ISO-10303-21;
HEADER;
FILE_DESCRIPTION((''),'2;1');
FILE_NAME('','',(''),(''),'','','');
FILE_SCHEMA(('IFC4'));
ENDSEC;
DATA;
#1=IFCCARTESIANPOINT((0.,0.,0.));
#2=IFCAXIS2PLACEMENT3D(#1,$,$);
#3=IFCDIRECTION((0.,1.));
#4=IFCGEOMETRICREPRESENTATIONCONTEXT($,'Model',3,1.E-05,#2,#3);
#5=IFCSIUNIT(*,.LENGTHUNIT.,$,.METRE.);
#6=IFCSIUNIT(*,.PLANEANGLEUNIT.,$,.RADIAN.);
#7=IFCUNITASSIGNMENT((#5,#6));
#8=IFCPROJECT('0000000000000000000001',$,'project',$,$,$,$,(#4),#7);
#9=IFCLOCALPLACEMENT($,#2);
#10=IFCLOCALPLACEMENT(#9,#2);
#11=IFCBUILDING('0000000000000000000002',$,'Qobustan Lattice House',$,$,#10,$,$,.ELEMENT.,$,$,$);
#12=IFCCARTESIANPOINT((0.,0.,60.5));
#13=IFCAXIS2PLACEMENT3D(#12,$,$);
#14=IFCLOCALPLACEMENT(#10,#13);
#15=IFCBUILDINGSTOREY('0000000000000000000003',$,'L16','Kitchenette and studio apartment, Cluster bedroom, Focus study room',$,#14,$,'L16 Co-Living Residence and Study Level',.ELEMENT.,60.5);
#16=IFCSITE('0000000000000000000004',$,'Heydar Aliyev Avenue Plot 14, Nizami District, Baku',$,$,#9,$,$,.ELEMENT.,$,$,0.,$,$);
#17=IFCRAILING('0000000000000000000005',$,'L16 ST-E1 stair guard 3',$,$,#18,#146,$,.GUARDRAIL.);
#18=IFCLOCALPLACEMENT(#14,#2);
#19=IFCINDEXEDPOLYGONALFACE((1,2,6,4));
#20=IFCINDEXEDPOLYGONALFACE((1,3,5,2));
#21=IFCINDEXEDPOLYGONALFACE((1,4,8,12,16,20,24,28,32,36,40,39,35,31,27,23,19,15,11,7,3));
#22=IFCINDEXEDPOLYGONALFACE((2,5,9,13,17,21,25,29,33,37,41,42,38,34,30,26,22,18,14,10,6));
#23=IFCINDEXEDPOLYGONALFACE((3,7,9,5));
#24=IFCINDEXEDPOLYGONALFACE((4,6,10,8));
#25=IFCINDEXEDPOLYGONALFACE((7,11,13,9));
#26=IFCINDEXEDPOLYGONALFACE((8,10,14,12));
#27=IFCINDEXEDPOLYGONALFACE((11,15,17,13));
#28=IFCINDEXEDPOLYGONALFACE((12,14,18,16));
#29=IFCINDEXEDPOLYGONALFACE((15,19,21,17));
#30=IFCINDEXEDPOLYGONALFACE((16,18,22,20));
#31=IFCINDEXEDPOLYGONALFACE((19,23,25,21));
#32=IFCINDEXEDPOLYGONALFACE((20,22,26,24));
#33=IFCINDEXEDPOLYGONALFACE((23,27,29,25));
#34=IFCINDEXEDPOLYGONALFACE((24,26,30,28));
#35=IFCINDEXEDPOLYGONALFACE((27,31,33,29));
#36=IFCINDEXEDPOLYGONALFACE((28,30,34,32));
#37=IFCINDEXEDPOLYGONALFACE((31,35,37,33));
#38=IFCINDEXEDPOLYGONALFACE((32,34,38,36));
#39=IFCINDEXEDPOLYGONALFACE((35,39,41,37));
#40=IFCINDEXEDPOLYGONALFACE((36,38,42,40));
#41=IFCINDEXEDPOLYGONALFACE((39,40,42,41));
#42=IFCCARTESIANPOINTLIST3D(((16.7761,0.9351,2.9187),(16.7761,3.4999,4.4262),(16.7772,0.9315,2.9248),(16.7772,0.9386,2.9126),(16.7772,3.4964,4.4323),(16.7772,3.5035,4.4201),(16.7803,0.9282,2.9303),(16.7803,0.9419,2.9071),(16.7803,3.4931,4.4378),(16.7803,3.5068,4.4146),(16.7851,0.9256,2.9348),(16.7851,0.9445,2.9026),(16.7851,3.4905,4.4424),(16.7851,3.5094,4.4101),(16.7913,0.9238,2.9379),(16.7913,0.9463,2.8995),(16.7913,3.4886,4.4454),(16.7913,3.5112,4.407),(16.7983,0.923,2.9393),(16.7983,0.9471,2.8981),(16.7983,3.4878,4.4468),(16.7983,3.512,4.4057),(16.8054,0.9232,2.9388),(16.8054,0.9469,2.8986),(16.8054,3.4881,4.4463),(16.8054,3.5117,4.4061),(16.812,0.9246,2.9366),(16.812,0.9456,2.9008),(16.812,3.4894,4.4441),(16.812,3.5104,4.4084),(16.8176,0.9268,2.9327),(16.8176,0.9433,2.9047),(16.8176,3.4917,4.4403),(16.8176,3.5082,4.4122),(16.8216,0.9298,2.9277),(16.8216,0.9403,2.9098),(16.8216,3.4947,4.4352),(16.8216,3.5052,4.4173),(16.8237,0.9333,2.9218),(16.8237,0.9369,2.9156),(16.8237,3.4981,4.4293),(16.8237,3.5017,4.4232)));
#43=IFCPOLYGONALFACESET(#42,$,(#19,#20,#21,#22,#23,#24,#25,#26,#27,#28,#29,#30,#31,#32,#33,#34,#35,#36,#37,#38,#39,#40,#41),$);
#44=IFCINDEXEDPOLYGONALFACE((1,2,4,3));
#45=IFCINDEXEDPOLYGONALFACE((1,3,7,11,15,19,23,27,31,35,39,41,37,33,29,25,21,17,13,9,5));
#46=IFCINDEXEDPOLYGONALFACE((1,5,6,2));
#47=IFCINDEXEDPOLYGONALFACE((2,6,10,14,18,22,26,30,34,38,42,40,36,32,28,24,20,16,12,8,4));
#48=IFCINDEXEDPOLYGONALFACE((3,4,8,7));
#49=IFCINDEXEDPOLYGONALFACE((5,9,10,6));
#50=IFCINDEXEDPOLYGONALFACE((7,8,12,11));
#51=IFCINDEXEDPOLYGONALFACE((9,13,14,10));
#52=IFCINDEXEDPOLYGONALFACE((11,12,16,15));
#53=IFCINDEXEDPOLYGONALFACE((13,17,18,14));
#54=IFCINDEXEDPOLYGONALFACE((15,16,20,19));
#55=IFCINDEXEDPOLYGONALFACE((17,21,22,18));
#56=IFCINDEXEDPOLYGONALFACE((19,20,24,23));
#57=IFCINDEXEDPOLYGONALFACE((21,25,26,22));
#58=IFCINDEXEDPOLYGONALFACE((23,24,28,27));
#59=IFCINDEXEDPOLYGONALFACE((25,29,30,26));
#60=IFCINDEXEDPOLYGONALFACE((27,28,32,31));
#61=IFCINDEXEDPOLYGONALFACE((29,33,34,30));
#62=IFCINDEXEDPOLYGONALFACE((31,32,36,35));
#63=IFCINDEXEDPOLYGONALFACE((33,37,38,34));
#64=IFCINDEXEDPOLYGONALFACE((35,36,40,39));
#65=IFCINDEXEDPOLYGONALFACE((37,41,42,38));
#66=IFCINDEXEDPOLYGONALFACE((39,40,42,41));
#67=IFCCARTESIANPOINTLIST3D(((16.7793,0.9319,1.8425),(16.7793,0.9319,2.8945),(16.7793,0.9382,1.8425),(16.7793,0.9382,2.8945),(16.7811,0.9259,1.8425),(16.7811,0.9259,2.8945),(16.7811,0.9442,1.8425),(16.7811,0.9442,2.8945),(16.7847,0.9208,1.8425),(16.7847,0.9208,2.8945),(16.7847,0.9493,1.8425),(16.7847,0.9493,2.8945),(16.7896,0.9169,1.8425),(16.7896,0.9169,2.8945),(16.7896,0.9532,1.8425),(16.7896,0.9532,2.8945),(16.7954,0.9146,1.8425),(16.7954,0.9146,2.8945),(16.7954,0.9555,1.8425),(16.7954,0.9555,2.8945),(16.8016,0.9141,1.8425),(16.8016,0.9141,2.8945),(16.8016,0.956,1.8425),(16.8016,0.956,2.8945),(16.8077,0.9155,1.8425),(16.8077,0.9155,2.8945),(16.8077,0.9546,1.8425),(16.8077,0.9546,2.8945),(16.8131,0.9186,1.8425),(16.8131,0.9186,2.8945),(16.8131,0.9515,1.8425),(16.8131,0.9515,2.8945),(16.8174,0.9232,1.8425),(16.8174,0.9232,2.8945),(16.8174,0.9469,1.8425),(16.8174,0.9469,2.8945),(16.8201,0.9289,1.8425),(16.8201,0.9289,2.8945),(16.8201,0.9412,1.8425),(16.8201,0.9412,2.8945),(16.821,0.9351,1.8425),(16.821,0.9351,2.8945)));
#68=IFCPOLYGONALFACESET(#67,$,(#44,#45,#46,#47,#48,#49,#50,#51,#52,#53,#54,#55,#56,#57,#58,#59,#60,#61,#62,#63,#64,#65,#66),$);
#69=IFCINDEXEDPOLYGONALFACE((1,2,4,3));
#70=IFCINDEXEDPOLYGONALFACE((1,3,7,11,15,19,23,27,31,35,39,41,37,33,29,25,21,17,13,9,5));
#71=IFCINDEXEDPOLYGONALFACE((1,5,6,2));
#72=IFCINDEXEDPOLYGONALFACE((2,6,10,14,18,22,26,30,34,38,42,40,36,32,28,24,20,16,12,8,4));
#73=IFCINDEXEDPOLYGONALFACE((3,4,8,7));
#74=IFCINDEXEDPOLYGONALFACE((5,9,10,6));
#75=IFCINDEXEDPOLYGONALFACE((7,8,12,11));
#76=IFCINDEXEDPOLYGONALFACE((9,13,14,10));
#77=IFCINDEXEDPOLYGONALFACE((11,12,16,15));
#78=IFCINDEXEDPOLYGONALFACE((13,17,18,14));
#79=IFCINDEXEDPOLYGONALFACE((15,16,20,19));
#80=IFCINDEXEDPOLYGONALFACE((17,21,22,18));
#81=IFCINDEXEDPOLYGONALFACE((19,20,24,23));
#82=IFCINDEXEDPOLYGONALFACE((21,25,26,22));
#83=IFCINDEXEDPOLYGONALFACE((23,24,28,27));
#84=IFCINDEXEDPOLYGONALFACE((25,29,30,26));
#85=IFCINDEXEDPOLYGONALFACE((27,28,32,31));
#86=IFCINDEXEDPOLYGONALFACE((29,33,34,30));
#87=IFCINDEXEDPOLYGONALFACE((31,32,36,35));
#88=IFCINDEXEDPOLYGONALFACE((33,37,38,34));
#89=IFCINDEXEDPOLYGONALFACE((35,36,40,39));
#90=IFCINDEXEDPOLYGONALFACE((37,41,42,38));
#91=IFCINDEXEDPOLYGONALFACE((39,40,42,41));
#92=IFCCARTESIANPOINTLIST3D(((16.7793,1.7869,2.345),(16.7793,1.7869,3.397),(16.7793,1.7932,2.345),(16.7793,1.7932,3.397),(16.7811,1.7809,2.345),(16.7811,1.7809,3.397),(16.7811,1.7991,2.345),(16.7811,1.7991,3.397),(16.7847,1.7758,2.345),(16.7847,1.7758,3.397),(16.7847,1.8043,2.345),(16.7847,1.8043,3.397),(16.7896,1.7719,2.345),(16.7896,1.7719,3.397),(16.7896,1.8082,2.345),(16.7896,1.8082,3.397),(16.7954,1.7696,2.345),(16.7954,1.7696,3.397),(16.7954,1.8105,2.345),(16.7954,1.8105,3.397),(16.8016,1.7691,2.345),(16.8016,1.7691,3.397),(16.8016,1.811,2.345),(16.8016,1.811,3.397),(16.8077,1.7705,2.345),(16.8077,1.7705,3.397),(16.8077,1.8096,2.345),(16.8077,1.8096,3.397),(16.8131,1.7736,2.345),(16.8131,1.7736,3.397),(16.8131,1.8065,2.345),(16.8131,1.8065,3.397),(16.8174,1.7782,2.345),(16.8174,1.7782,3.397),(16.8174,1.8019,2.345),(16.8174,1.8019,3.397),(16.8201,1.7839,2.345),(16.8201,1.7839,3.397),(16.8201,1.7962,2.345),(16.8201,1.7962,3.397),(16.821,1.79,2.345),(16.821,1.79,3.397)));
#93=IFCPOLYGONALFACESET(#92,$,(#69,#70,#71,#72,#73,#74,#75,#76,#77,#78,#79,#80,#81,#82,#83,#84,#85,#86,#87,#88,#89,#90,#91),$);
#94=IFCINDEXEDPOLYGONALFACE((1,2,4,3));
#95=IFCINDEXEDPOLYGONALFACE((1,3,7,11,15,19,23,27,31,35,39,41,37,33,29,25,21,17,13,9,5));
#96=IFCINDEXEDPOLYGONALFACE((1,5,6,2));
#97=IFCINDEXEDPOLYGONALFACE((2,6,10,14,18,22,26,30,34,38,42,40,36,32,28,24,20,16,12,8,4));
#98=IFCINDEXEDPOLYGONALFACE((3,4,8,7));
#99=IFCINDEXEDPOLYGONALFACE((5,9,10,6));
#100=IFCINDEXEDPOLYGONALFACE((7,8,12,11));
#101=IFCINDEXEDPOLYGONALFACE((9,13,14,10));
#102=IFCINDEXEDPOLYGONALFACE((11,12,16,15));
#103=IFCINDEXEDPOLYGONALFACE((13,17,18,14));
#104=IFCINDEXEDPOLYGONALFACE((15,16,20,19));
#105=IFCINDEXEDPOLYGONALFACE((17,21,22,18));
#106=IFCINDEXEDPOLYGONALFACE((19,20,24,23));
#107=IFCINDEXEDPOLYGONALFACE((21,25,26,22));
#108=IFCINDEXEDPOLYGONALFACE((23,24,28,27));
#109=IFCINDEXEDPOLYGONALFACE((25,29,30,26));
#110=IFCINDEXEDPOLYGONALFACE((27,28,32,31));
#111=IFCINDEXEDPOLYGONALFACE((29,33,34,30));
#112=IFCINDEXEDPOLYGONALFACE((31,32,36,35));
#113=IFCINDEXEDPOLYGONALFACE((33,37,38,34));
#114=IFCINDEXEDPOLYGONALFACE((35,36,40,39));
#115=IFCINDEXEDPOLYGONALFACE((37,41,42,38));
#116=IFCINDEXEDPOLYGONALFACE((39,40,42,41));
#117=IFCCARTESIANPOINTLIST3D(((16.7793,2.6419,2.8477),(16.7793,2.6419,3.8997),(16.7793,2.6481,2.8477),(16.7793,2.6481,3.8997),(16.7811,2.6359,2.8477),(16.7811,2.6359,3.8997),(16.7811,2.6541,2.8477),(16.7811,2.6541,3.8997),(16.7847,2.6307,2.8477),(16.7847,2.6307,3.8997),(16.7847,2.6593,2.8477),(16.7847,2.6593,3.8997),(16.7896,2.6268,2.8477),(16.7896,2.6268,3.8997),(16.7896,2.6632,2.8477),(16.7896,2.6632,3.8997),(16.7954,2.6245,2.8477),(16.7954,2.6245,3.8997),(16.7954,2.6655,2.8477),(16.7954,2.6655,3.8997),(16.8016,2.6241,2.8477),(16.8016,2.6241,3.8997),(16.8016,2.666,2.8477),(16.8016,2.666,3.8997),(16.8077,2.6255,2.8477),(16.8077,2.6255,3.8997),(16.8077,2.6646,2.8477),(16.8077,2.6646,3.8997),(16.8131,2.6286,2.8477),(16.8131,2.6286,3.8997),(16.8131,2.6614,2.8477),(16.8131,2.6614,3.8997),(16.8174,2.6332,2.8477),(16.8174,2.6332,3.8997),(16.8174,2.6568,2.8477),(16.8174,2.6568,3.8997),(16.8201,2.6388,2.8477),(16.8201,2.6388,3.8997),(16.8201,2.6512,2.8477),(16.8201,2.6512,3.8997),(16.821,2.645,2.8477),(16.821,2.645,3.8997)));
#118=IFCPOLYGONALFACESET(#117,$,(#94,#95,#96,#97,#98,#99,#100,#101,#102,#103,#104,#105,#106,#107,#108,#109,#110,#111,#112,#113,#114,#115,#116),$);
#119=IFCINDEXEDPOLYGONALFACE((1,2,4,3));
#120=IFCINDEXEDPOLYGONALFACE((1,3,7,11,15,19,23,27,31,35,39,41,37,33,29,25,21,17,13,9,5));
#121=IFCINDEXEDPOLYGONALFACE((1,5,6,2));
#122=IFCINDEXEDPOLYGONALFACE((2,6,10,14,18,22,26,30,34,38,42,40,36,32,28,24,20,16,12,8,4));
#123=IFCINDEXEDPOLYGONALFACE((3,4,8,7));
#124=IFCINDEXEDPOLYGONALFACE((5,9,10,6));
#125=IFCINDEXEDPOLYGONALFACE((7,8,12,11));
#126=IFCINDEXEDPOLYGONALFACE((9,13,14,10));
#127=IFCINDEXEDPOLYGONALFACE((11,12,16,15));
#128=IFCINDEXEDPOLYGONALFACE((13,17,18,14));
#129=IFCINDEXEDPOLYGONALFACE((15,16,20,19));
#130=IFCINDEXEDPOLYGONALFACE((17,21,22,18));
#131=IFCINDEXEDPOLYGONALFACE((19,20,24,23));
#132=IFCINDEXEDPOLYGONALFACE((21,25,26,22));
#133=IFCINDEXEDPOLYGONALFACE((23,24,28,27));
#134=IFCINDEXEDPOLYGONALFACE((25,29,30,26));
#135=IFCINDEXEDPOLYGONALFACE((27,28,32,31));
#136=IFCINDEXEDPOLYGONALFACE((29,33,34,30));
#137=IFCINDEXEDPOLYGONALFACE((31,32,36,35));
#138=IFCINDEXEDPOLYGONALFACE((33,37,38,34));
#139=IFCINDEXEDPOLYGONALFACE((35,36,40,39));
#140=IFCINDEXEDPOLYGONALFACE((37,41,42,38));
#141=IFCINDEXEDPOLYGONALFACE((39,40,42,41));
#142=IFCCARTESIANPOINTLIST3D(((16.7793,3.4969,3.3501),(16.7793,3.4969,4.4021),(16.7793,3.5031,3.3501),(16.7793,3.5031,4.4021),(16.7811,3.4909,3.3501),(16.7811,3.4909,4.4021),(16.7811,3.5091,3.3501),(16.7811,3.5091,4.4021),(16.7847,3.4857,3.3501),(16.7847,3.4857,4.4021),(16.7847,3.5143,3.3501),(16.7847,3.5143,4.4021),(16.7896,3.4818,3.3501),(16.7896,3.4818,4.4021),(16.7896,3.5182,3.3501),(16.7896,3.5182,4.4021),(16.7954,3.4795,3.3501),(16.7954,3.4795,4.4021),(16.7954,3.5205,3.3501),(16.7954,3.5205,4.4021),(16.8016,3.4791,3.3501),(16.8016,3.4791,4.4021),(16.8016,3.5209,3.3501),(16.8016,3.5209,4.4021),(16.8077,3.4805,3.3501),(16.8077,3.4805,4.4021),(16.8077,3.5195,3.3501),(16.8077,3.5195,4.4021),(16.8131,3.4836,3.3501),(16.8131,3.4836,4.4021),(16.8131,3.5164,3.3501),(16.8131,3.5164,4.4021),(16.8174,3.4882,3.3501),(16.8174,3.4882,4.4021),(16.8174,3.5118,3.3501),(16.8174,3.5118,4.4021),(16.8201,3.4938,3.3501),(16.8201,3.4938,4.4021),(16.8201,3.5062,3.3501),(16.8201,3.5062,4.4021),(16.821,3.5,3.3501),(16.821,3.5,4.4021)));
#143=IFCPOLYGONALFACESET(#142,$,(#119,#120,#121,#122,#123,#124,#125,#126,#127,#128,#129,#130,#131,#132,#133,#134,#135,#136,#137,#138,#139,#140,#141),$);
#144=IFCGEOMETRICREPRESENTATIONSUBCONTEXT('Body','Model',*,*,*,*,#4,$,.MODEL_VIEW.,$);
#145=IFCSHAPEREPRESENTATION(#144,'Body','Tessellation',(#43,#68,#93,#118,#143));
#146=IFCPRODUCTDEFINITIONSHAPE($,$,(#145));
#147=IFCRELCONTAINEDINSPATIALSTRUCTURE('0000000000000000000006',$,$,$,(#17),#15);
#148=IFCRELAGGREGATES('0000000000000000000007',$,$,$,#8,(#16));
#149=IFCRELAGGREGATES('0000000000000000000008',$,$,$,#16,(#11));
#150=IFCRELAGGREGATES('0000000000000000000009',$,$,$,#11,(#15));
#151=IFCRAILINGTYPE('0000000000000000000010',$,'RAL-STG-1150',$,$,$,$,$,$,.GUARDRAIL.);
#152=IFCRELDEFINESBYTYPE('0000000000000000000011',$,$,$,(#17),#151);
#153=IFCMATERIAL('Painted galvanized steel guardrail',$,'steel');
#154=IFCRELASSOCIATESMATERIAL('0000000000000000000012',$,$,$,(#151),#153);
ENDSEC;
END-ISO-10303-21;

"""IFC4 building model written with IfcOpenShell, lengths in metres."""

from ifc_helpers import new_model, si_unit, direction, frame, origin, origin_2d, place, context, subcontext, project, spatial, circle, extrude, material, type_object, element, save


model = new_model("IFC4")

# Units and contexts
model_context = context("Model", 3, precision=1e-05, world=origin(), true_north=direction((0.0, 1.0)))
body_context = subcontext(model_context, "Body", "Model", "MODEL_VIEW")
ifc_project = project(units=[si_unit("LENGTHUNIT", "METRE"), si_unit("PLANEANGLEUNIT", "RADIAN")], contexts=[model_context])

# Site, building, storey
site_placement = place(None, origin())
site = spatial("IfcSite", under=ifc_project, at=site_placement, Name="Heydar Aliyev Avenue Plot 14, Nizami District, Baku", CompositionType="ELEMENT", RefElevation=0.0)
building_placement = place(site_placement, origin())
building = spatial("IfcBuilding", under=site, at=building_placement, Name="Qobustan Lattice House", CompositionType="ELEMENT")
storey_placement = place(building_placement, frame((0.0, 0.0, 60.5)))
storey = spatial("IfcBuildingStorey", under=building, at=storey_placement, Name="L16", Description="Kitchenette and studio apartment, Cluster bedroom, Focus study room", LongName="L16 Co-Living Residence and Study Level", CompositionType="ELEMENT", Elevation=60.5)

# Railing
ifc_material_1 = material(Name="Painted galvanized steel guardrail", Category="steel")
railing_type_1 = type_object("IfcRailingType", Name="RAL-STG-1150", PredefinedType="GUARDRAIL", material=ifc_material_1)
railing_1_placement = place(storey_placement, frame((16.8, 0.9351, 1.8425)))
element("IfcRailing", 1, at=railing_1_placement, inside=storey, type_object=railing_type_1, Name="L16 ST-E1 stair guard 3", PredefinedType="GUARDRAIL", context=body_context, shape_type="SweptSolid", body=[
    extrude(circle(Radius=0.0239, at=origin_2d()), frame((0.0, 0.0, 1.0762), z_axis=(0.0, 0.862113, 0.506715), x_axis=(-1.0, 0.0, 0.0)), (0.0, 0.0, 1.0), 2.9751),
    extrude(circle(Radius=0.021, at=origin_2d()), origin(), (0.0, 0.0, 1.0), 1.052),
    extrude(circle(Radius=0.021, at=origin_2d()), frame((0.0, 0.855, 0.5024)), (0.0, 0.0, 1.0), 1.052),
    extrude(circle(Radius=0.021, at=origin_2d()), frame((0.0, 1.71, 1.0051)), (0.0, 0.0, 1.0), 1.052),
    extrude(circle(Radius=0.021, at=origin_2d()), frame((0.0, 2.5649, 1.5076)), (0.0, 0.0, 1.0), 1.052),
])

save(model, "model.ifc")
